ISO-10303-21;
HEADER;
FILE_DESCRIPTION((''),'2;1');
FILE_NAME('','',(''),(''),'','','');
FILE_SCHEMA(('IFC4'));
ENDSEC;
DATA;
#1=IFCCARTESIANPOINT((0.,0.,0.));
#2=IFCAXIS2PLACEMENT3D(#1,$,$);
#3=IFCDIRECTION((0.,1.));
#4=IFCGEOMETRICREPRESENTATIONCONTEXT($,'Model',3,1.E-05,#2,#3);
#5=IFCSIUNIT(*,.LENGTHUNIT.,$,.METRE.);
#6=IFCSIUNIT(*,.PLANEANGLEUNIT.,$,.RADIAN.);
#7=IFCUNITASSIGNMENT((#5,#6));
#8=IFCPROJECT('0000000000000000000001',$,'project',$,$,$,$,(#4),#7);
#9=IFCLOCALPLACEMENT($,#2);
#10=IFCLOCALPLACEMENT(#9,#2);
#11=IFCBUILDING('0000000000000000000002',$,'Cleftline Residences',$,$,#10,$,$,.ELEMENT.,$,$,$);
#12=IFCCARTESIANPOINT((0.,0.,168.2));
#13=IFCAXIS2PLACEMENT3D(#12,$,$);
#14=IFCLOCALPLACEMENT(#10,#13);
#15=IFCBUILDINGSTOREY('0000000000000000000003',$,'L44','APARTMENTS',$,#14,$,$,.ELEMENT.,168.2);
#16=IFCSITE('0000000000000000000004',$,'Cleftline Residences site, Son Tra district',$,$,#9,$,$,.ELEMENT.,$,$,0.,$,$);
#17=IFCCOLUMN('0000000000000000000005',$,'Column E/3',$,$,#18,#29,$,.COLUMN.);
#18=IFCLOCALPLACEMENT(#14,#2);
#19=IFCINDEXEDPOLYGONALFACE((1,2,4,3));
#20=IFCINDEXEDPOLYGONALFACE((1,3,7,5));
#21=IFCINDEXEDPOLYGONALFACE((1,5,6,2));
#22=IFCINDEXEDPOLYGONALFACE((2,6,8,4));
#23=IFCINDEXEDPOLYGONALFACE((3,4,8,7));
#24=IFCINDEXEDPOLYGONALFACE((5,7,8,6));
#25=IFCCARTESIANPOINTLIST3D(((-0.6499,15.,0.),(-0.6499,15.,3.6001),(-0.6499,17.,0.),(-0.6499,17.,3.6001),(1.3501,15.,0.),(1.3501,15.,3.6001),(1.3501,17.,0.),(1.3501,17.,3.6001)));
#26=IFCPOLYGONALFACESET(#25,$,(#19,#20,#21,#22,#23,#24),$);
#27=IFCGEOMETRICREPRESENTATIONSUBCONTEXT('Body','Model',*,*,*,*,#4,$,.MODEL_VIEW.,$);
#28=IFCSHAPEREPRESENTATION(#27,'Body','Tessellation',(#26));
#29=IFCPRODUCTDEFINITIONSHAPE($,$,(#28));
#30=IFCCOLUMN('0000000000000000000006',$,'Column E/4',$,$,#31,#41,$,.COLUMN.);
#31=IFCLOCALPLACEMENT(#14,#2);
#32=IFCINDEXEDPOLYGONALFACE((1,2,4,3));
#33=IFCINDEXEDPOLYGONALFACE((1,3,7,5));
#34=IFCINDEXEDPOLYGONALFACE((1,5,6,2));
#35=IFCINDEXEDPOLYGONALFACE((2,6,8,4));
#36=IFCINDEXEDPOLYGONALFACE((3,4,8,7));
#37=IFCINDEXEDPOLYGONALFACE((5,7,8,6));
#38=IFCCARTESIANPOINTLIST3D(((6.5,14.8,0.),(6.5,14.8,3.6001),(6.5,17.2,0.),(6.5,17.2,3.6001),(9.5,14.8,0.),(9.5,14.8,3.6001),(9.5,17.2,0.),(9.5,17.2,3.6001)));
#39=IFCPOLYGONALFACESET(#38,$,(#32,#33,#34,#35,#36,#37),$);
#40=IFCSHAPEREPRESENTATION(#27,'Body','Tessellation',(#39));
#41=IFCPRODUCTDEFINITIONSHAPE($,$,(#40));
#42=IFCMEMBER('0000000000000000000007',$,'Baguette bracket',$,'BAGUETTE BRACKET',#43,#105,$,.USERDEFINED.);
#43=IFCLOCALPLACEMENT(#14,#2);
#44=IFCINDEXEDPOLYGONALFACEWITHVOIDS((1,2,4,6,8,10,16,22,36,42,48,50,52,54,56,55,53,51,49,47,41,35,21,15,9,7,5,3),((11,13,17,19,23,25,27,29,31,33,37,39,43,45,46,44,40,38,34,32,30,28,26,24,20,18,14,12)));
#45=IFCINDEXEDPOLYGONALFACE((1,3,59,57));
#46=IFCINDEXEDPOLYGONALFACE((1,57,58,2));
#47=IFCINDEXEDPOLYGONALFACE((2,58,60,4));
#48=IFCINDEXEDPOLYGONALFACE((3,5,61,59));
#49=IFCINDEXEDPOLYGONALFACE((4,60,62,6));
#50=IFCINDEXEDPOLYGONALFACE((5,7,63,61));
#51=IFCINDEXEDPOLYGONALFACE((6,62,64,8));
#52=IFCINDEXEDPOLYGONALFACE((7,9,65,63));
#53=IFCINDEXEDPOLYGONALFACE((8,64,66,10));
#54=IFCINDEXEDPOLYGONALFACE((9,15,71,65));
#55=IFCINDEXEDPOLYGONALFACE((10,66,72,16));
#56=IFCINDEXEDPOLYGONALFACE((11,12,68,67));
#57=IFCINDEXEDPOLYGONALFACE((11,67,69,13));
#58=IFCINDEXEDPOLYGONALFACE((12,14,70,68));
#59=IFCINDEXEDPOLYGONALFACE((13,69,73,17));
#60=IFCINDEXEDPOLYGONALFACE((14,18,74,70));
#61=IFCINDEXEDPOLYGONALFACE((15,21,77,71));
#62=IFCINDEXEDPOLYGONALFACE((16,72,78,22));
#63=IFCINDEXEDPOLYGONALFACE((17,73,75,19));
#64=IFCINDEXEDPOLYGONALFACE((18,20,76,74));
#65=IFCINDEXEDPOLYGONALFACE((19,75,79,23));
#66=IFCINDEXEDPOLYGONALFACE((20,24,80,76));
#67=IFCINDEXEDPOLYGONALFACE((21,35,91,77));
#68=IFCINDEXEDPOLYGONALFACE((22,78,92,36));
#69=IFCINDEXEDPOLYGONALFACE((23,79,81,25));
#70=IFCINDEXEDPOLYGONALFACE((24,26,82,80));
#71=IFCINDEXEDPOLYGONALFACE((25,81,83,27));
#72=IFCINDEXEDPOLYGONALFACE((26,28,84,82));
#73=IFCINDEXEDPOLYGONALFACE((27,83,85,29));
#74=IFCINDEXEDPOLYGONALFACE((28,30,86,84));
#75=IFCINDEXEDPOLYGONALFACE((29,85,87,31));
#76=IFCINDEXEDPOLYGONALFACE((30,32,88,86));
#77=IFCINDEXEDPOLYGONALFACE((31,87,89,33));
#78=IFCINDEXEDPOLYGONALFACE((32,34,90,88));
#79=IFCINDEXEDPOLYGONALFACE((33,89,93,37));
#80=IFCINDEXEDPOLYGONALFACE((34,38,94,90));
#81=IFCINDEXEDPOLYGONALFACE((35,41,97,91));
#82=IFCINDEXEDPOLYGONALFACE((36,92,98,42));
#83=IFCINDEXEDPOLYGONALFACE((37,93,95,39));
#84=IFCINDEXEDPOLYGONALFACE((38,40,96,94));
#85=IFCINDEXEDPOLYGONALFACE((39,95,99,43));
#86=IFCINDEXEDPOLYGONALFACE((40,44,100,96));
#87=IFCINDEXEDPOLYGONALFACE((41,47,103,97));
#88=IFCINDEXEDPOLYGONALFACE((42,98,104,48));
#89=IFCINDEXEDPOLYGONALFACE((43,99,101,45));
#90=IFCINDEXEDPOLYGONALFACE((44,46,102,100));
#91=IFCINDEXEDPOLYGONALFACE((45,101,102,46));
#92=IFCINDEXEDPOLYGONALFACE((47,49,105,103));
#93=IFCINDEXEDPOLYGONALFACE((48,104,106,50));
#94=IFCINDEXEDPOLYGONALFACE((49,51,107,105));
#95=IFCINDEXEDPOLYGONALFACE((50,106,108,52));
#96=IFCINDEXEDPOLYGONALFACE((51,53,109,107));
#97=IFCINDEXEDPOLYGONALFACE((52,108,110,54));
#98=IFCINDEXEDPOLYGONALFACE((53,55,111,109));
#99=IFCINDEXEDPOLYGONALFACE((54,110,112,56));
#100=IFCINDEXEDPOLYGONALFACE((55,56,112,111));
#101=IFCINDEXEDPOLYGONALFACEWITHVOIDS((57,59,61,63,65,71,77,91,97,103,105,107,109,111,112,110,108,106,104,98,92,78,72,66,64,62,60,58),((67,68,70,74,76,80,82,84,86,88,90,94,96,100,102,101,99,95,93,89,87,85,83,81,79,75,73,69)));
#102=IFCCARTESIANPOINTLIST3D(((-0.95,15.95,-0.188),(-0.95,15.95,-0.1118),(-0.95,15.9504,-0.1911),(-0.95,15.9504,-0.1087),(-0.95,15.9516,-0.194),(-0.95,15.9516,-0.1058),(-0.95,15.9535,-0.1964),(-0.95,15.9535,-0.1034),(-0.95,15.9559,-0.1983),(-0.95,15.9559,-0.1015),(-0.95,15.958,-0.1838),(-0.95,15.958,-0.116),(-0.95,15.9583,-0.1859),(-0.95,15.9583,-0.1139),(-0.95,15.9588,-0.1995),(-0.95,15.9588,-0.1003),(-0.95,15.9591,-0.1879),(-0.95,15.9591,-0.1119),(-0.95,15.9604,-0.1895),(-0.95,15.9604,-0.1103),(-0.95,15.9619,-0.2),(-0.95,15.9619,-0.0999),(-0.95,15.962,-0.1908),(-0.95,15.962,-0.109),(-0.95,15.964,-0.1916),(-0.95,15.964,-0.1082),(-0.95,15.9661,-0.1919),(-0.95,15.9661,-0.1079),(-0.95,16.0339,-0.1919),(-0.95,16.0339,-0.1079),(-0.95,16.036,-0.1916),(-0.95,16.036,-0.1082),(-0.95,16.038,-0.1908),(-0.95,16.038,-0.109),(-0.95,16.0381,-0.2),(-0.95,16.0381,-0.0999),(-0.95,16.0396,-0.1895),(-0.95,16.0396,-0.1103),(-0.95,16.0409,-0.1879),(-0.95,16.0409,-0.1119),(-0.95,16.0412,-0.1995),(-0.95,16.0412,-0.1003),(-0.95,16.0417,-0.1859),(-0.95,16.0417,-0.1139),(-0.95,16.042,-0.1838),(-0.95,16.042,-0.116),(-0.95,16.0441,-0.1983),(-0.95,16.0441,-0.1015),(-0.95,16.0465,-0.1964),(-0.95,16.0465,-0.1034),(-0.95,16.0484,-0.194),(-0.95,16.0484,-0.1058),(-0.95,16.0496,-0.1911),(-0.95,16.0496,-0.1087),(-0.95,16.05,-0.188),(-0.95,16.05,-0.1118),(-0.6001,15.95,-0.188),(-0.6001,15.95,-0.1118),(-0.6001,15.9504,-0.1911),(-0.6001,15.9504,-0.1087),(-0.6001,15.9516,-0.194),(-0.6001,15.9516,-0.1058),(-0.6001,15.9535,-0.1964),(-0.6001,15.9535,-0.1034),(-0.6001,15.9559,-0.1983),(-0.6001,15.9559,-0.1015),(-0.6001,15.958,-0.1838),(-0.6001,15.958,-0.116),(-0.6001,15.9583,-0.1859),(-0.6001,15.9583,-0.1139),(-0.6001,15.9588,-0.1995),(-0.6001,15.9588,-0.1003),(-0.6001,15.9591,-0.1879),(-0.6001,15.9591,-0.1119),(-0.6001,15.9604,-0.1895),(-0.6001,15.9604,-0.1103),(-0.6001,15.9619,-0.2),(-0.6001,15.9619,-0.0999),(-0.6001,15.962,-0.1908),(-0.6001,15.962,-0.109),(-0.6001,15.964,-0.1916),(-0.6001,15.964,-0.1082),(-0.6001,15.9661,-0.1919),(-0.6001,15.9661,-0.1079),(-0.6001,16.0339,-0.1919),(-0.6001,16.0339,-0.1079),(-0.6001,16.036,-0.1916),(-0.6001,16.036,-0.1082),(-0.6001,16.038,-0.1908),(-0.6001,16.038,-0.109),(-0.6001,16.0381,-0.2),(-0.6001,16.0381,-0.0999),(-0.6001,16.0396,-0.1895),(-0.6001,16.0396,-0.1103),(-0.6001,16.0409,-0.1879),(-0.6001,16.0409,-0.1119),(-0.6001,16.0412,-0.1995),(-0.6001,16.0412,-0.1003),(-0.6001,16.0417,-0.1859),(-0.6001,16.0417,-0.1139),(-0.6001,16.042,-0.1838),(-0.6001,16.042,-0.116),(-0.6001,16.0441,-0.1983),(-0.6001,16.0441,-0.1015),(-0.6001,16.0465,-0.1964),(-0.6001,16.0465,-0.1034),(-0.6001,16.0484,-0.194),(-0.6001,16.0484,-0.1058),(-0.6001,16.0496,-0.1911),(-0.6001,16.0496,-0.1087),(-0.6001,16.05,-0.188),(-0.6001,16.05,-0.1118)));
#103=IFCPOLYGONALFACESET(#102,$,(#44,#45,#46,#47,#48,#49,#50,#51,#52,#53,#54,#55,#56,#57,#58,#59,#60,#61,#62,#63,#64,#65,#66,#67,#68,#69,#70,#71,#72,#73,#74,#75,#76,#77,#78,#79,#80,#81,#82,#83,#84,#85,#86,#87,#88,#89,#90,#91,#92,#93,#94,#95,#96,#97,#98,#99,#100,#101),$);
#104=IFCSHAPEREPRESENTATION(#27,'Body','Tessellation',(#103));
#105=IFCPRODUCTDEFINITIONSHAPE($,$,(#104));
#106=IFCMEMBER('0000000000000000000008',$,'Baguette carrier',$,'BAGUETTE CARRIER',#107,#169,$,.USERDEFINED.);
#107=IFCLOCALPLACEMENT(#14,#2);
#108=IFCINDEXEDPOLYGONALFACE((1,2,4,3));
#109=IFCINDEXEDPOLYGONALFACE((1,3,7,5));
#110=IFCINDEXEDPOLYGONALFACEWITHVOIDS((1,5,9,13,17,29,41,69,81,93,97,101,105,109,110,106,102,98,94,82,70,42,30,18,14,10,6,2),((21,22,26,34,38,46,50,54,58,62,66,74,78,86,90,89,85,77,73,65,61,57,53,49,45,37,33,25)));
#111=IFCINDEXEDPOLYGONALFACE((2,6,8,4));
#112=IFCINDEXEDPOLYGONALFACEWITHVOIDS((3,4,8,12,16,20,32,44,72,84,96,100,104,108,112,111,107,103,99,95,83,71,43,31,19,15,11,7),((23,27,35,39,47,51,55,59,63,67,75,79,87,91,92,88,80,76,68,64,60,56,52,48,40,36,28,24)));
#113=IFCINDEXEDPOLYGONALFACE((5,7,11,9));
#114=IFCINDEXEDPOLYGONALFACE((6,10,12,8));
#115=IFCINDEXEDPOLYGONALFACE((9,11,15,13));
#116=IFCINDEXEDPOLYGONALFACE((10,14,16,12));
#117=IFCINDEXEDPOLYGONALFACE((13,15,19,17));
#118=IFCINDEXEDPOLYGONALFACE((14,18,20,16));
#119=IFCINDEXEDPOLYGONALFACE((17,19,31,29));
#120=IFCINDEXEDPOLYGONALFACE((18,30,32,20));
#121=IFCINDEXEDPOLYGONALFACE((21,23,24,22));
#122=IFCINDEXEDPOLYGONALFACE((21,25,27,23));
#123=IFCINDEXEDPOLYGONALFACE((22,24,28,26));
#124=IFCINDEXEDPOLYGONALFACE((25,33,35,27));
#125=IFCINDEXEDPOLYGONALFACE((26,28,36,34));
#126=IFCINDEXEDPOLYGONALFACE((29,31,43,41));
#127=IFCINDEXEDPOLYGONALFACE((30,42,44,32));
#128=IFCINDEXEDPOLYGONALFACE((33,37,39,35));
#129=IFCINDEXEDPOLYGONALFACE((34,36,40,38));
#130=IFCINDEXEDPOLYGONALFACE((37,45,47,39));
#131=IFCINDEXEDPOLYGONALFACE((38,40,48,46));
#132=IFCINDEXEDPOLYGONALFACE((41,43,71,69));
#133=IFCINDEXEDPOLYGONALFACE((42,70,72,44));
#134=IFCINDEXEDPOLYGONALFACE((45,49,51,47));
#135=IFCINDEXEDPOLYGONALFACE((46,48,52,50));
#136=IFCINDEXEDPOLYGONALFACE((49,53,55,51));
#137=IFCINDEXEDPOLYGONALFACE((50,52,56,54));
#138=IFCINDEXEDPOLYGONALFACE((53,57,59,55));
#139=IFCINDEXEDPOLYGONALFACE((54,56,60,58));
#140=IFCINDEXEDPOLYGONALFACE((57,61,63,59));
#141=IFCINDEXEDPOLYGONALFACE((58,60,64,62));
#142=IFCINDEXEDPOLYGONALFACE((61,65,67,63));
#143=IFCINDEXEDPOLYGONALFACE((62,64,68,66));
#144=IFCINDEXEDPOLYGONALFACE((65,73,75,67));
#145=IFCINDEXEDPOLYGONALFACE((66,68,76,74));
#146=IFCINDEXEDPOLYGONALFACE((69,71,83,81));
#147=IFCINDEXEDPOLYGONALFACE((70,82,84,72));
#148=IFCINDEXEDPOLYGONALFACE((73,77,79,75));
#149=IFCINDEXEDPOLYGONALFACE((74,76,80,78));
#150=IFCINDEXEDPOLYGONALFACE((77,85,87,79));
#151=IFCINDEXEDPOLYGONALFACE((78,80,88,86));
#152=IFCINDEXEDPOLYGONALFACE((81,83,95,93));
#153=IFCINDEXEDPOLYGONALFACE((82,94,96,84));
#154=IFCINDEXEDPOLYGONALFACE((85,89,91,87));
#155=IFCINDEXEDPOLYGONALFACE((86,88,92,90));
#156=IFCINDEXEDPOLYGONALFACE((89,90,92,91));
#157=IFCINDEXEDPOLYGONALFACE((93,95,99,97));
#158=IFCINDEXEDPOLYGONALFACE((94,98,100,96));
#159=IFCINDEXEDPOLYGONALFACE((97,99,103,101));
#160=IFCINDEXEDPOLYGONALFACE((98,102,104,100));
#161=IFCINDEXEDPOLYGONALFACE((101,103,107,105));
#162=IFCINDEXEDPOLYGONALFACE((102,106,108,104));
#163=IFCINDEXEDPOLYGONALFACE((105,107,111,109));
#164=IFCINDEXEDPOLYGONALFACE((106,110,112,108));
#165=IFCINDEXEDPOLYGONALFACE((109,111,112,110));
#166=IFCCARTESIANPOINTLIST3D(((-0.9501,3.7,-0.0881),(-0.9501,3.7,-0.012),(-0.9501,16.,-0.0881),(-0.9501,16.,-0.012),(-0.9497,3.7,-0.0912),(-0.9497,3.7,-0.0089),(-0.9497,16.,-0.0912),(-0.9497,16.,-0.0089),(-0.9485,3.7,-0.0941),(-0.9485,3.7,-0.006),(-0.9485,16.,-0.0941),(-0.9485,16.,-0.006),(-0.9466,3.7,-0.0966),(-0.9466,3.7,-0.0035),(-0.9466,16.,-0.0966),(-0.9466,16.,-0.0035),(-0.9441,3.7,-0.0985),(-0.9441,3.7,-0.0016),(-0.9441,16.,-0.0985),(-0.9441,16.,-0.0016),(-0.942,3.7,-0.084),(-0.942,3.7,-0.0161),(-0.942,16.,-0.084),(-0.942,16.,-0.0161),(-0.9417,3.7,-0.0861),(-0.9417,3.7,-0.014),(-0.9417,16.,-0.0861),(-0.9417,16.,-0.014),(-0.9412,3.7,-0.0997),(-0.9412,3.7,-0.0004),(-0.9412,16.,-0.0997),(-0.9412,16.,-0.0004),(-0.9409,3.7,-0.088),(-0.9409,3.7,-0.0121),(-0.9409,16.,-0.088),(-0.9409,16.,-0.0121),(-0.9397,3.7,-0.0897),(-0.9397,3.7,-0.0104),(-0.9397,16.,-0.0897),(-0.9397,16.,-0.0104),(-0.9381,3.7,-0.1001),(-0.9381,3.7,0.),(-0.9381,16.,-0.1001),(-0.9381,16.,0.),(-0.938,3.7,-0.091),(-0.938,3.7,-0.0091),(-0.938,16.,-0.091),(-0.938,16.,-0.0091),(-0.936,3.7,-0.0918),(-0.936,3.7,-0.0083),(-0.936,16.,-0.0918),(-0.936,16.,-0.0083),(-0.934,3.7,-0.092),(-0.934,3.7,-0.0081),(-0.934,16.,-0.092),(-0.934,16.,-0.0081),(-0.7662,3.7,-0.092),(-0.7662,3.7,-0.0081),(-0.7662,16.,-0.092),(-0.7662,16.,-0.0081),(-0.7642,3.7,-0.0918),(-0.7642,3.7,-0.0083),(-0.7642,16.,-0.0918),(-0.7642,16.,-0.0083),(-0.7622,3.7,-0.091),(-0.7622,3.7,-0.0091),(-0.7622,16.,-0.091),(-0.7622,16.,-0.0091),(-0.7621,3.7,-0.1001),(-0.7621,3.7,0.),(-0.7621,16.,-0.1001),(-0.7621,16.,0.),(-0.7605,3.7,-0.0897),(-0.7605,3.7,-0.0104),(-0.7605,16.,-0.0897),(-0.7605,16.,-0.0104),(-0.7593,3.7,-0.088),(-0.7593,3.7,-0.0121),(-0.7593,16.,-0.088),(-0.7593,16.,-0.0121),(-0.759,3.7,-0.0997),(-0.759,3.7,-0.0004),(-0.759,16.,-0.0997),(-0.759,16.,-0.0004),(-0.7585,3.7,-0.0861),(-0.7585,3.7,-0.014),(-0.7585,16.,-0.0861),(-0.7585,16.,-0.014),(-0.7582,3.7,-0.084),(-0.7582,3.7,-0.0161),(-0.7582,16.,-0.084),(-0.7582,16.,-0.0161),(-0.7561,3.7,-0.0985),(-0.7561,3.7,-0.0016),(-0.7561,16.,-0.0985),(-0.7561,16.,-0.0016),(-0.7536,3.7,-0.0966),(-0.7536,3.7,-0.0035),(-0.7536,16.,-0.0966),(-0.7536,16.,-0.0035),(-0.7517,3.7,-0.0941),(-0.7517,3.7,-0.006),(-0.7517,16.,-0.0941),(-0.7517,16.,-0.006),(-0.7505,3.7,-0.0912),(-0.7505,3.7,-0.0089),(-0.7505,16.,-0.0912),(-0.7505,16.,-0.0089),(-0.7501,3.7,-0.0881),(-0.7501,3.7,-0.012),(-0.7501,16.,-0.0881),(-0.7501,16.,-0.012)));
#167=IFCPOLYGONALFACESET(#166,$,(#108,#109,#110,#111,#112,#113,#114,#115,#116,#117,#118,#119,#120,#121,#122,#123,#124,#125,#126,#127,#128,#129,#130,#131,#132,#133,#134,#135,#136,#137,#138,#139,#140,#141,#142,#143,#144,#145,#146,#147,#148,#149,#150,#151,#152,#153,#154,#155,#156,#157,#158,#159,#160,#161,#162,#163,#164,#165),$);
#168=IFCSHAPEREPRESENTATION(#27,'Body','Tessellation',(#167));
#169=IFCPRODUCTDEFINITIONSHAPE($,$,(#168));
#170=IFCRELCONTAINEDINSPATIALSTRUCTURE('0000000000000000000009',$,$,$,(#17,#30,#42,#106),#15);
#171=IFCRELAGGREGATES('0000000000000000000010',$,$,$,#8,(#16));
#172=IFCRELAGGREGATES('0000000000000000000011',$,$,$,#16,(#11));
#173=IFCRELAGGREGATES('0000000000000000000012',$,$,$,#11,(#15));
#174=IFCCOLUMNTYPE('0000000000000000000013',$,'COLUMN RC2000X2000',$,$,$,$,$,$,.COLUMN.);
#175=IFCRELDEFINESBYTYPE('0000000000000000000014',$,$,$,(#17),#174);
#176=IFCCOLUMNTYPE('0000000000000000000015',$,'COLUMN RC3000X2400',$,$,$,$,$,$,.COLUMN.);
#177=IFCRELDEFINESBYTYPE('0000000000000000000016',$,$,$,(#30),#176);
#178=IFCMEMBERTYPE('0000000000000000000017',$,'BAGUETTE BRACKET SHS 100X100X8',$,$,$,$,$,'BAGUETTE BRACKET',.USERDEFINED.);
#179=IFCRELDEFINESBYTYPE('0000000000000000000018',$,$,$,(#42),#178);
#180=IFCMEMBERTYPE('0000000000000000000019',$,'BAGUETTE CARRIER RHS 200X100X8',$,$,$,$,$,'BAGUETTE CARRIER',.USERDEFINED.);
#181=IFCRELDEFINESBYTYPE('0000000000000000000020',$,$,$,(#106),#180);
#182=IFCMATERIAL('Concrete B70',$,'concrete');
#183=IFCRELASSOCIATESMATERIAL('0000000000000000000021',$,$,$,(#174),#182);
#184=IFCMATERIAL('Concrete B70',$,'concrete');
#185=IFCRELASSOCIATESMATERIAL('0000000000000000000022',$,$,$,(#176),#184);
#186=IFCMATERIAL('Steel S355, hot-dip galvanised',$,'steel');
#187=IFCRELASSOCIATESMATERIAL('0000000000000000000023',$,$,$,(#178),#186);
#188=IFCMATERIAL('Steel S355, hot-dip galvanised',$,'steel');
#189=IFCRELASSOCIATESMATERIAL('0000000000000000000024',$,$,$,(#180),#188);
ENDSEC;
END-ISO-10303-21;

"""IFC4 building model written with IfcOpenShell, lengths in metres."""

from ifc_helpers import new_model, si_unit, direction, frame, origin, origin_2d, place, context, subcontext, project, spatial, rectangle, hollow_rectangle, extrude, material, material_profile, profile_set, type_object, element, save


model = new_model("IFC4")

# Units and contexts
model_context = context("Model", 3, precision=1e-05, world=origin(), true_north=direction((0.0, 1.0)))
body_context = subcontext(model_context, "Body", "Model", "MODEL_VIEW")
ifc_project = project(units=[si_unit("LENGTHUNIT", "METRE"), si_unit("PLANEANGLEUNIT", "RADIAN")], contexts=[model_context])

# Site, building, storey
site_placement = place(None, origin())
site = spatial("IfcSite", under=ifc_project, at=site_placement, Name="Cleftline Residences site, Son Tra district", CompositionType="ELEMENT", RefElevation=0.0)
building_placement = place(site_placement, origin())
building = spatial("IfcBuilding", under=site, at=building_placement, Name="Cleftline Residences", CompositionType="ELEMENT")
storey_placement = place(building_placement, frame((0.0, 0.0, 168.2)))
storey = spatial("IfcBuildingStorey", under=building, at=storey_placement, Name="L44", Description="APARTMENTS", CompositionType="ELEMENT", Elevation=168.2)

# Columns
ifc_material_1 = material(Name="Concrete B70", Category="concrete")
ifc_material_profile_1 = material_profile(ifc_material_1, rectangle(XDim=2.0, YDim=2.0, at=origin_2d()))
ifc_profile_set_1 = profile_set([ifc_material_profile_1], Name="Concrete B70")
column_type_1 = type_object("IfcColumnType", Name="COLUMN RC2000X2000", PredefinedType="COLUMN", material=ifc_profile_set_1)
column_1_placement = place(storey_placement, frame((0.3501, 16.0, 0.0), z_axis=(0.0, 0.0, 1.0), x_axis=(1.0, 0.0, 0.0)))
element("IfcColumn", 1, at=column_1_placement, inside=storey, type_object=column_type_1, Name="Column E/3", PredefinedType="COLUMN", context=body_context, shape_type="SweptSolid", body=[
    extrude(rectangle(XDim=2.0, YDim=2.0, at=origin_2d()), origin(), (0.0, 0.0, 1.0), 3.6001),
])
ifc_material_2 = material(Name="Concrete B70", Category="concrete")
ifc_material_profile_2 = material_profile(ifc_material_2, rectangle(XDim=3.0, YDim=2.3999, at=origin_2d()))
ifc_profile_set_2 = profile_set([ifc_material_profile_2], Name="Concrete B70")
column_type_2 = type_object("IfcColumnType", Name="COLUMN RC3000X2400", PredefinedType="COLUMN", material=ifc_profile_set_2)
column_2_placement = place(storey_placement, frame((8.0, 16.0, 0.0), z_axis=(0.0, 0.0, 1.0), x_axis=(1.0, 0.0, 0.0)))
element("IfcColumn", 2, at=column_2_placement, inside=storey, type_object=column_type_2, Name="Column E/4", PredefinedType="COLUMN", context=body_context, shape_type="SweptSolid", body=[
    extrude(rectangle(XDim=3.0, YDim=2.3999, at=origin_2d()), origin(), (0.0, 0.0, 1.0), 3.6001),
])

# Members
ifc_material_3 = material(Name="Steel S355, hot-dip galvanised", Category="steel")
ifc_material_profile_3 = material_profile(ifc_material_3, hollow_rectangle(XDim=0.1001, YDim=0.1001, WallThickness=0.0081, InnerFilletRadius=0.0081, OuterFilletRadius=0.012, at=origin_2d()))
ifc_profile_set_3 = profile_set([ifc_material_profile_3], Name="Steel S355, hot-dip galvanised")
member_type_1 = type_object("IfcMemberType", Name="BAGUETTE BRACKET SHS 100X100X8", ElementType="BAGUETTE BRACKET", PredefinedType="USERDEFINED", material=ifc_profile_set_3)
member_1_placement = place(storey_placement, frame((-0.6001, 16.0, -0.1499), z_axis=(-1.0, 0.0, 0.0), x_axis=(0.0, -1.0, 0.0)))
element("IfcMember", 3, at=member_1_placement, inside=storey, type_object=member_type_1, Name="Baguette bracket", ObjectType="BAGUETTE BRACKET", PredefinedType="USERDEFINED", context=body_context, shape_type="SweptSolid", body=[
    extrude(hollow_rectangle(XDim=0.1001, YDim=0.1001, WallThickness=0.0081, InnerFilletRadius=0.0081, OuterFilletRadius=0.012, at=origin_2d()), origin(), (0.0, 0.0, 1.0), 0.3499),
])
ifc_material_4 = material(Name="Steel S355, hot-dip galvanised", Category="steel")
ifc_material_profile_4 = material_profile(ifc_material_4, hollow_rectangle(XDim=0.1001, YDim=0.2, WallThickness=0.0081, InnerFilletRadius=0.0081, OuterFilletRadius=0.012, at=origin_2d()))
ifc_profile_set_4 = profile_set([ifc_material_profile_4], Name="Steel S355, hot-dip galvanised")
member_type_2 = type_object("IfcMemberType", Name="BAGUETTE CARRIER RHS 200X100X8", ElementType="BAGUETTE CARRIER", PredefinedType="USERDEFINED", material=ifc_profile_set_4)
member_2_placement = place(storey_placement, frame((-0.8501, 16.0, -0.05), z_axis=(0.0, -1.0, 0.0), x_axis=(0.0, 0.0, 1.0)))
element("IfcMember", 4, at=member_2_placement, inside=storey, type_object=member_type_2, Name="Baguette carrier", ObjectType="BAGUETTE CARRIER", PredefinedType="USERDEFINED", context=body_context, shape_type="SweptSolid", body=[
    extrude(hollow_rectangle(XDim=0.1001, YDim=0.2, WallThickness=0.0081, InnerFilletRadius=0.0081, OuterFilletRadius=0.012, at=origin_2d()), origin(), (0.0, 0.0, 1.0), 12.3),
])

save(model, "model.ifc")
